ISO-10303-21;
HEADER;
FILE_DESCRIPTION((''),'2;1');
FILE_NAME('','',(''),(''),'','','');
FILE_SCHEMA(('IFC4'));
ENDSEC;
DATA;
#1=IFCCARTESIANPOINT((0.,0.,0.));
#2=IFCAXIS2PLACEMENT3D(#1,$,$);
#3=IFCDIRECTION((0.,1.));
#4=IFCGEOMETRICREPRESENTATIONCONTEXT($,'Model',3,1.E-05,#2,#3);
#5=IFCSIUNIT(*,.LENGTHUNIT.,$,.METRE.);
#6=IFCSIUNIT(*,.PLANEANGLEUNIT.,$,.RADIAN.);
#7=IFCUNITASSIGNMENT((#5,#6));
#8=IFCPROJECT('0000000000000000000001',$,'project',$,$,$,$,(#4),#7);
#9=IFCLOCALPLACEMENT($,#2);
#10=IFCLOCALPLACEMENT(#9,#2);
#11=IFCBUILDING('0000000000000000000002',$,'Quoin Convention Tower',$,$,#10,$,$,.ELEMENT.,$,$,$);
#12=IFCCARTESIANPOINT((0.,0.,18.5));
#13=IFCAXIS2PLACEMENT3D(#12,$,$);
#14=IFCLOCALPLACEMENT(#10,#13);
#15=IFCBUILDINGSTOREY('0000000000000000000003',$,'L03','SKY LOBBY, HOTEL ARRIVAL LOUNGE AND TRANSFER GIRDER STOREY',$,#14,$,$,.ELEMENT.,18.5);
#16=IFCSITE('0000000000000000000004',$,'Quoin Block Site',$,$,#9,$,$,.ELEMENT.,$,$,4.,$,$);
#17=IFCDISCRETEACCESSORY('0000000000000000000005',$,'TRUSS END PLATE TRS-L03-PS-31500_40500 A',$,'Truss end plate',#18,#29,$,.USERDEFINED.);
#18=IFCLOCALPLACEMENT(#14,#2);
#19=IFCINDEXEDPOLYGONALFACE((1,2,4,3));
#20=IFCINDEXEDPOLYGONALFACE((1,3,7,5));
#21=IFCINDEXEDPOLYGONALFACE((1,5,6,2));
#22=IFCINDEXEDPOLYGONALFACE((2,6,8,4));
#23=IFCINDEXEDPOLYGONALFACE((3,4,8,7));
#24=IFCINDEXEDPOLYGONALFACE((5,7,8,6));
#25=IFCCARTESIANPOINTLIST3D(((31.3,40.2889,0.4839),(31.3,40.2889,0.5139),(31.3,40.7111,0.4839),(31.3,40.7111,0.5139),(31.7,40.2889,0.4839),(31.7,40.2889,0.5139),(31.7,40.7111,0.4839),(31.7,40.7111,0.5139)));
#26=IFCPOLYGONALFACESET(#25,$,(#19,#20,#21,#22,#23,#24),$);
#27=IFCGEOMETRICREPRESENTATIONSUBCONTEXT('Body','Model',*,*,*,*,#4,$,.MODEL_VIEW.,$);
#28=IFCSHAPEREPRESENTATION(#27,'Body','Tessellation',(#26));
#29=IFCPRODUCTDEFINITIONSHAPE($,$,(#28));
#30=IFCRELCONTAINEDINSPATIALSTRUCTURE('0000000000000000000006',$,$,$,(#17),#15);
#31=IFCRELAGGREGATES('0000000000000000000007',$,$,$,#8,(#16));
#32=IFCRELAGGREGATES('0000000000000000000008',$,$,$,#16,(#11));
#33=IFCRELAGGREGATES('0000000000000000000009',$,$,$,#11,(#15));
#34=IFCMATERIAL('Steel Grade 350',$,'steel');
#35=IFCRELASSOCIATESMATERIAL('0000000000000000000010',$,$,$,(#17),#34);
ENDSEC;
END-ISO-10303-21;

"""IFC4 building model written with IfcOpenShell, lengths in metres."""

from ifc_helpers import new_model, si_unit, direction, frame, origin, origin_2d, place, context, subcontext, project, spatial, rectangle, extrude, material, element, save


model = new_model("IFC4")

# Units and contexts
model_context = context("Model", 3, precision=1e-05, world=origin(), true_north=direction((0.0, 1.0)))
body_context = subcontext(model_context, "Body", "Model", "MODEL_VIEW")
ifc_project = project(units=[si_unit("LENGTHUNIT", "METRE"), si_unit("PLANEANGLEUNIT", "RADIAN")], contexts=[model_context])

# Site, building, storey
site_placement = place(None, origin())
site = spatial("IfcSite", under=ifc_project, at=site_placement, Name="Quoin Block Site", CompositionType="ELEMENT", RefElevation=4.0)
building_placement = place(site_placement, origin())
building = spatial("IfcBuilding", under=site, at=building_placement, Name="Quoin Convention Tower", CompositionType="ELEMENT")
storey_placement = place(building_placement, frame((0.0, 0.0, 18.5)))
storey = spatial("IfcBuildingStorey", under=building, at=storey_placement, Name="L03", Description="SKY LOBBY, HOTEL ARRIVAL LOUNGE AND TRANSFER GIRDER STOREY", CompositionType="ELEMENT", Elevation=18.5)

# Discrete accessory
ifc_material_1 = material(Name="Steel Grade 350", Category="steel")
discrete_accessory_placement = place(storey_placement, frame((31.5, 40.5, 0.4839), z_axis=(0.0, 0.0, 1.0), x_axis=(1.0, 0.0, 0.0)))
element("IfcDiscreteAccessory", 1, at=discrete_accessory_placement, inside=storey, material=ifc_material_1, Name="TRUSS END PLATE TRS-L03-PS-31500_40500 A", ObjectType="Truss end plate", PredefinedType="USERDEFINED", context=body_context, shape_type="SweptSolid", body=[
    extrude(rectangle(XDim=0.3999, YDim=0.4221, at=origin_2d()), origin(), (0.0, 0.0, 1.0), 0.03),
])

save(model, "model.ifc")
